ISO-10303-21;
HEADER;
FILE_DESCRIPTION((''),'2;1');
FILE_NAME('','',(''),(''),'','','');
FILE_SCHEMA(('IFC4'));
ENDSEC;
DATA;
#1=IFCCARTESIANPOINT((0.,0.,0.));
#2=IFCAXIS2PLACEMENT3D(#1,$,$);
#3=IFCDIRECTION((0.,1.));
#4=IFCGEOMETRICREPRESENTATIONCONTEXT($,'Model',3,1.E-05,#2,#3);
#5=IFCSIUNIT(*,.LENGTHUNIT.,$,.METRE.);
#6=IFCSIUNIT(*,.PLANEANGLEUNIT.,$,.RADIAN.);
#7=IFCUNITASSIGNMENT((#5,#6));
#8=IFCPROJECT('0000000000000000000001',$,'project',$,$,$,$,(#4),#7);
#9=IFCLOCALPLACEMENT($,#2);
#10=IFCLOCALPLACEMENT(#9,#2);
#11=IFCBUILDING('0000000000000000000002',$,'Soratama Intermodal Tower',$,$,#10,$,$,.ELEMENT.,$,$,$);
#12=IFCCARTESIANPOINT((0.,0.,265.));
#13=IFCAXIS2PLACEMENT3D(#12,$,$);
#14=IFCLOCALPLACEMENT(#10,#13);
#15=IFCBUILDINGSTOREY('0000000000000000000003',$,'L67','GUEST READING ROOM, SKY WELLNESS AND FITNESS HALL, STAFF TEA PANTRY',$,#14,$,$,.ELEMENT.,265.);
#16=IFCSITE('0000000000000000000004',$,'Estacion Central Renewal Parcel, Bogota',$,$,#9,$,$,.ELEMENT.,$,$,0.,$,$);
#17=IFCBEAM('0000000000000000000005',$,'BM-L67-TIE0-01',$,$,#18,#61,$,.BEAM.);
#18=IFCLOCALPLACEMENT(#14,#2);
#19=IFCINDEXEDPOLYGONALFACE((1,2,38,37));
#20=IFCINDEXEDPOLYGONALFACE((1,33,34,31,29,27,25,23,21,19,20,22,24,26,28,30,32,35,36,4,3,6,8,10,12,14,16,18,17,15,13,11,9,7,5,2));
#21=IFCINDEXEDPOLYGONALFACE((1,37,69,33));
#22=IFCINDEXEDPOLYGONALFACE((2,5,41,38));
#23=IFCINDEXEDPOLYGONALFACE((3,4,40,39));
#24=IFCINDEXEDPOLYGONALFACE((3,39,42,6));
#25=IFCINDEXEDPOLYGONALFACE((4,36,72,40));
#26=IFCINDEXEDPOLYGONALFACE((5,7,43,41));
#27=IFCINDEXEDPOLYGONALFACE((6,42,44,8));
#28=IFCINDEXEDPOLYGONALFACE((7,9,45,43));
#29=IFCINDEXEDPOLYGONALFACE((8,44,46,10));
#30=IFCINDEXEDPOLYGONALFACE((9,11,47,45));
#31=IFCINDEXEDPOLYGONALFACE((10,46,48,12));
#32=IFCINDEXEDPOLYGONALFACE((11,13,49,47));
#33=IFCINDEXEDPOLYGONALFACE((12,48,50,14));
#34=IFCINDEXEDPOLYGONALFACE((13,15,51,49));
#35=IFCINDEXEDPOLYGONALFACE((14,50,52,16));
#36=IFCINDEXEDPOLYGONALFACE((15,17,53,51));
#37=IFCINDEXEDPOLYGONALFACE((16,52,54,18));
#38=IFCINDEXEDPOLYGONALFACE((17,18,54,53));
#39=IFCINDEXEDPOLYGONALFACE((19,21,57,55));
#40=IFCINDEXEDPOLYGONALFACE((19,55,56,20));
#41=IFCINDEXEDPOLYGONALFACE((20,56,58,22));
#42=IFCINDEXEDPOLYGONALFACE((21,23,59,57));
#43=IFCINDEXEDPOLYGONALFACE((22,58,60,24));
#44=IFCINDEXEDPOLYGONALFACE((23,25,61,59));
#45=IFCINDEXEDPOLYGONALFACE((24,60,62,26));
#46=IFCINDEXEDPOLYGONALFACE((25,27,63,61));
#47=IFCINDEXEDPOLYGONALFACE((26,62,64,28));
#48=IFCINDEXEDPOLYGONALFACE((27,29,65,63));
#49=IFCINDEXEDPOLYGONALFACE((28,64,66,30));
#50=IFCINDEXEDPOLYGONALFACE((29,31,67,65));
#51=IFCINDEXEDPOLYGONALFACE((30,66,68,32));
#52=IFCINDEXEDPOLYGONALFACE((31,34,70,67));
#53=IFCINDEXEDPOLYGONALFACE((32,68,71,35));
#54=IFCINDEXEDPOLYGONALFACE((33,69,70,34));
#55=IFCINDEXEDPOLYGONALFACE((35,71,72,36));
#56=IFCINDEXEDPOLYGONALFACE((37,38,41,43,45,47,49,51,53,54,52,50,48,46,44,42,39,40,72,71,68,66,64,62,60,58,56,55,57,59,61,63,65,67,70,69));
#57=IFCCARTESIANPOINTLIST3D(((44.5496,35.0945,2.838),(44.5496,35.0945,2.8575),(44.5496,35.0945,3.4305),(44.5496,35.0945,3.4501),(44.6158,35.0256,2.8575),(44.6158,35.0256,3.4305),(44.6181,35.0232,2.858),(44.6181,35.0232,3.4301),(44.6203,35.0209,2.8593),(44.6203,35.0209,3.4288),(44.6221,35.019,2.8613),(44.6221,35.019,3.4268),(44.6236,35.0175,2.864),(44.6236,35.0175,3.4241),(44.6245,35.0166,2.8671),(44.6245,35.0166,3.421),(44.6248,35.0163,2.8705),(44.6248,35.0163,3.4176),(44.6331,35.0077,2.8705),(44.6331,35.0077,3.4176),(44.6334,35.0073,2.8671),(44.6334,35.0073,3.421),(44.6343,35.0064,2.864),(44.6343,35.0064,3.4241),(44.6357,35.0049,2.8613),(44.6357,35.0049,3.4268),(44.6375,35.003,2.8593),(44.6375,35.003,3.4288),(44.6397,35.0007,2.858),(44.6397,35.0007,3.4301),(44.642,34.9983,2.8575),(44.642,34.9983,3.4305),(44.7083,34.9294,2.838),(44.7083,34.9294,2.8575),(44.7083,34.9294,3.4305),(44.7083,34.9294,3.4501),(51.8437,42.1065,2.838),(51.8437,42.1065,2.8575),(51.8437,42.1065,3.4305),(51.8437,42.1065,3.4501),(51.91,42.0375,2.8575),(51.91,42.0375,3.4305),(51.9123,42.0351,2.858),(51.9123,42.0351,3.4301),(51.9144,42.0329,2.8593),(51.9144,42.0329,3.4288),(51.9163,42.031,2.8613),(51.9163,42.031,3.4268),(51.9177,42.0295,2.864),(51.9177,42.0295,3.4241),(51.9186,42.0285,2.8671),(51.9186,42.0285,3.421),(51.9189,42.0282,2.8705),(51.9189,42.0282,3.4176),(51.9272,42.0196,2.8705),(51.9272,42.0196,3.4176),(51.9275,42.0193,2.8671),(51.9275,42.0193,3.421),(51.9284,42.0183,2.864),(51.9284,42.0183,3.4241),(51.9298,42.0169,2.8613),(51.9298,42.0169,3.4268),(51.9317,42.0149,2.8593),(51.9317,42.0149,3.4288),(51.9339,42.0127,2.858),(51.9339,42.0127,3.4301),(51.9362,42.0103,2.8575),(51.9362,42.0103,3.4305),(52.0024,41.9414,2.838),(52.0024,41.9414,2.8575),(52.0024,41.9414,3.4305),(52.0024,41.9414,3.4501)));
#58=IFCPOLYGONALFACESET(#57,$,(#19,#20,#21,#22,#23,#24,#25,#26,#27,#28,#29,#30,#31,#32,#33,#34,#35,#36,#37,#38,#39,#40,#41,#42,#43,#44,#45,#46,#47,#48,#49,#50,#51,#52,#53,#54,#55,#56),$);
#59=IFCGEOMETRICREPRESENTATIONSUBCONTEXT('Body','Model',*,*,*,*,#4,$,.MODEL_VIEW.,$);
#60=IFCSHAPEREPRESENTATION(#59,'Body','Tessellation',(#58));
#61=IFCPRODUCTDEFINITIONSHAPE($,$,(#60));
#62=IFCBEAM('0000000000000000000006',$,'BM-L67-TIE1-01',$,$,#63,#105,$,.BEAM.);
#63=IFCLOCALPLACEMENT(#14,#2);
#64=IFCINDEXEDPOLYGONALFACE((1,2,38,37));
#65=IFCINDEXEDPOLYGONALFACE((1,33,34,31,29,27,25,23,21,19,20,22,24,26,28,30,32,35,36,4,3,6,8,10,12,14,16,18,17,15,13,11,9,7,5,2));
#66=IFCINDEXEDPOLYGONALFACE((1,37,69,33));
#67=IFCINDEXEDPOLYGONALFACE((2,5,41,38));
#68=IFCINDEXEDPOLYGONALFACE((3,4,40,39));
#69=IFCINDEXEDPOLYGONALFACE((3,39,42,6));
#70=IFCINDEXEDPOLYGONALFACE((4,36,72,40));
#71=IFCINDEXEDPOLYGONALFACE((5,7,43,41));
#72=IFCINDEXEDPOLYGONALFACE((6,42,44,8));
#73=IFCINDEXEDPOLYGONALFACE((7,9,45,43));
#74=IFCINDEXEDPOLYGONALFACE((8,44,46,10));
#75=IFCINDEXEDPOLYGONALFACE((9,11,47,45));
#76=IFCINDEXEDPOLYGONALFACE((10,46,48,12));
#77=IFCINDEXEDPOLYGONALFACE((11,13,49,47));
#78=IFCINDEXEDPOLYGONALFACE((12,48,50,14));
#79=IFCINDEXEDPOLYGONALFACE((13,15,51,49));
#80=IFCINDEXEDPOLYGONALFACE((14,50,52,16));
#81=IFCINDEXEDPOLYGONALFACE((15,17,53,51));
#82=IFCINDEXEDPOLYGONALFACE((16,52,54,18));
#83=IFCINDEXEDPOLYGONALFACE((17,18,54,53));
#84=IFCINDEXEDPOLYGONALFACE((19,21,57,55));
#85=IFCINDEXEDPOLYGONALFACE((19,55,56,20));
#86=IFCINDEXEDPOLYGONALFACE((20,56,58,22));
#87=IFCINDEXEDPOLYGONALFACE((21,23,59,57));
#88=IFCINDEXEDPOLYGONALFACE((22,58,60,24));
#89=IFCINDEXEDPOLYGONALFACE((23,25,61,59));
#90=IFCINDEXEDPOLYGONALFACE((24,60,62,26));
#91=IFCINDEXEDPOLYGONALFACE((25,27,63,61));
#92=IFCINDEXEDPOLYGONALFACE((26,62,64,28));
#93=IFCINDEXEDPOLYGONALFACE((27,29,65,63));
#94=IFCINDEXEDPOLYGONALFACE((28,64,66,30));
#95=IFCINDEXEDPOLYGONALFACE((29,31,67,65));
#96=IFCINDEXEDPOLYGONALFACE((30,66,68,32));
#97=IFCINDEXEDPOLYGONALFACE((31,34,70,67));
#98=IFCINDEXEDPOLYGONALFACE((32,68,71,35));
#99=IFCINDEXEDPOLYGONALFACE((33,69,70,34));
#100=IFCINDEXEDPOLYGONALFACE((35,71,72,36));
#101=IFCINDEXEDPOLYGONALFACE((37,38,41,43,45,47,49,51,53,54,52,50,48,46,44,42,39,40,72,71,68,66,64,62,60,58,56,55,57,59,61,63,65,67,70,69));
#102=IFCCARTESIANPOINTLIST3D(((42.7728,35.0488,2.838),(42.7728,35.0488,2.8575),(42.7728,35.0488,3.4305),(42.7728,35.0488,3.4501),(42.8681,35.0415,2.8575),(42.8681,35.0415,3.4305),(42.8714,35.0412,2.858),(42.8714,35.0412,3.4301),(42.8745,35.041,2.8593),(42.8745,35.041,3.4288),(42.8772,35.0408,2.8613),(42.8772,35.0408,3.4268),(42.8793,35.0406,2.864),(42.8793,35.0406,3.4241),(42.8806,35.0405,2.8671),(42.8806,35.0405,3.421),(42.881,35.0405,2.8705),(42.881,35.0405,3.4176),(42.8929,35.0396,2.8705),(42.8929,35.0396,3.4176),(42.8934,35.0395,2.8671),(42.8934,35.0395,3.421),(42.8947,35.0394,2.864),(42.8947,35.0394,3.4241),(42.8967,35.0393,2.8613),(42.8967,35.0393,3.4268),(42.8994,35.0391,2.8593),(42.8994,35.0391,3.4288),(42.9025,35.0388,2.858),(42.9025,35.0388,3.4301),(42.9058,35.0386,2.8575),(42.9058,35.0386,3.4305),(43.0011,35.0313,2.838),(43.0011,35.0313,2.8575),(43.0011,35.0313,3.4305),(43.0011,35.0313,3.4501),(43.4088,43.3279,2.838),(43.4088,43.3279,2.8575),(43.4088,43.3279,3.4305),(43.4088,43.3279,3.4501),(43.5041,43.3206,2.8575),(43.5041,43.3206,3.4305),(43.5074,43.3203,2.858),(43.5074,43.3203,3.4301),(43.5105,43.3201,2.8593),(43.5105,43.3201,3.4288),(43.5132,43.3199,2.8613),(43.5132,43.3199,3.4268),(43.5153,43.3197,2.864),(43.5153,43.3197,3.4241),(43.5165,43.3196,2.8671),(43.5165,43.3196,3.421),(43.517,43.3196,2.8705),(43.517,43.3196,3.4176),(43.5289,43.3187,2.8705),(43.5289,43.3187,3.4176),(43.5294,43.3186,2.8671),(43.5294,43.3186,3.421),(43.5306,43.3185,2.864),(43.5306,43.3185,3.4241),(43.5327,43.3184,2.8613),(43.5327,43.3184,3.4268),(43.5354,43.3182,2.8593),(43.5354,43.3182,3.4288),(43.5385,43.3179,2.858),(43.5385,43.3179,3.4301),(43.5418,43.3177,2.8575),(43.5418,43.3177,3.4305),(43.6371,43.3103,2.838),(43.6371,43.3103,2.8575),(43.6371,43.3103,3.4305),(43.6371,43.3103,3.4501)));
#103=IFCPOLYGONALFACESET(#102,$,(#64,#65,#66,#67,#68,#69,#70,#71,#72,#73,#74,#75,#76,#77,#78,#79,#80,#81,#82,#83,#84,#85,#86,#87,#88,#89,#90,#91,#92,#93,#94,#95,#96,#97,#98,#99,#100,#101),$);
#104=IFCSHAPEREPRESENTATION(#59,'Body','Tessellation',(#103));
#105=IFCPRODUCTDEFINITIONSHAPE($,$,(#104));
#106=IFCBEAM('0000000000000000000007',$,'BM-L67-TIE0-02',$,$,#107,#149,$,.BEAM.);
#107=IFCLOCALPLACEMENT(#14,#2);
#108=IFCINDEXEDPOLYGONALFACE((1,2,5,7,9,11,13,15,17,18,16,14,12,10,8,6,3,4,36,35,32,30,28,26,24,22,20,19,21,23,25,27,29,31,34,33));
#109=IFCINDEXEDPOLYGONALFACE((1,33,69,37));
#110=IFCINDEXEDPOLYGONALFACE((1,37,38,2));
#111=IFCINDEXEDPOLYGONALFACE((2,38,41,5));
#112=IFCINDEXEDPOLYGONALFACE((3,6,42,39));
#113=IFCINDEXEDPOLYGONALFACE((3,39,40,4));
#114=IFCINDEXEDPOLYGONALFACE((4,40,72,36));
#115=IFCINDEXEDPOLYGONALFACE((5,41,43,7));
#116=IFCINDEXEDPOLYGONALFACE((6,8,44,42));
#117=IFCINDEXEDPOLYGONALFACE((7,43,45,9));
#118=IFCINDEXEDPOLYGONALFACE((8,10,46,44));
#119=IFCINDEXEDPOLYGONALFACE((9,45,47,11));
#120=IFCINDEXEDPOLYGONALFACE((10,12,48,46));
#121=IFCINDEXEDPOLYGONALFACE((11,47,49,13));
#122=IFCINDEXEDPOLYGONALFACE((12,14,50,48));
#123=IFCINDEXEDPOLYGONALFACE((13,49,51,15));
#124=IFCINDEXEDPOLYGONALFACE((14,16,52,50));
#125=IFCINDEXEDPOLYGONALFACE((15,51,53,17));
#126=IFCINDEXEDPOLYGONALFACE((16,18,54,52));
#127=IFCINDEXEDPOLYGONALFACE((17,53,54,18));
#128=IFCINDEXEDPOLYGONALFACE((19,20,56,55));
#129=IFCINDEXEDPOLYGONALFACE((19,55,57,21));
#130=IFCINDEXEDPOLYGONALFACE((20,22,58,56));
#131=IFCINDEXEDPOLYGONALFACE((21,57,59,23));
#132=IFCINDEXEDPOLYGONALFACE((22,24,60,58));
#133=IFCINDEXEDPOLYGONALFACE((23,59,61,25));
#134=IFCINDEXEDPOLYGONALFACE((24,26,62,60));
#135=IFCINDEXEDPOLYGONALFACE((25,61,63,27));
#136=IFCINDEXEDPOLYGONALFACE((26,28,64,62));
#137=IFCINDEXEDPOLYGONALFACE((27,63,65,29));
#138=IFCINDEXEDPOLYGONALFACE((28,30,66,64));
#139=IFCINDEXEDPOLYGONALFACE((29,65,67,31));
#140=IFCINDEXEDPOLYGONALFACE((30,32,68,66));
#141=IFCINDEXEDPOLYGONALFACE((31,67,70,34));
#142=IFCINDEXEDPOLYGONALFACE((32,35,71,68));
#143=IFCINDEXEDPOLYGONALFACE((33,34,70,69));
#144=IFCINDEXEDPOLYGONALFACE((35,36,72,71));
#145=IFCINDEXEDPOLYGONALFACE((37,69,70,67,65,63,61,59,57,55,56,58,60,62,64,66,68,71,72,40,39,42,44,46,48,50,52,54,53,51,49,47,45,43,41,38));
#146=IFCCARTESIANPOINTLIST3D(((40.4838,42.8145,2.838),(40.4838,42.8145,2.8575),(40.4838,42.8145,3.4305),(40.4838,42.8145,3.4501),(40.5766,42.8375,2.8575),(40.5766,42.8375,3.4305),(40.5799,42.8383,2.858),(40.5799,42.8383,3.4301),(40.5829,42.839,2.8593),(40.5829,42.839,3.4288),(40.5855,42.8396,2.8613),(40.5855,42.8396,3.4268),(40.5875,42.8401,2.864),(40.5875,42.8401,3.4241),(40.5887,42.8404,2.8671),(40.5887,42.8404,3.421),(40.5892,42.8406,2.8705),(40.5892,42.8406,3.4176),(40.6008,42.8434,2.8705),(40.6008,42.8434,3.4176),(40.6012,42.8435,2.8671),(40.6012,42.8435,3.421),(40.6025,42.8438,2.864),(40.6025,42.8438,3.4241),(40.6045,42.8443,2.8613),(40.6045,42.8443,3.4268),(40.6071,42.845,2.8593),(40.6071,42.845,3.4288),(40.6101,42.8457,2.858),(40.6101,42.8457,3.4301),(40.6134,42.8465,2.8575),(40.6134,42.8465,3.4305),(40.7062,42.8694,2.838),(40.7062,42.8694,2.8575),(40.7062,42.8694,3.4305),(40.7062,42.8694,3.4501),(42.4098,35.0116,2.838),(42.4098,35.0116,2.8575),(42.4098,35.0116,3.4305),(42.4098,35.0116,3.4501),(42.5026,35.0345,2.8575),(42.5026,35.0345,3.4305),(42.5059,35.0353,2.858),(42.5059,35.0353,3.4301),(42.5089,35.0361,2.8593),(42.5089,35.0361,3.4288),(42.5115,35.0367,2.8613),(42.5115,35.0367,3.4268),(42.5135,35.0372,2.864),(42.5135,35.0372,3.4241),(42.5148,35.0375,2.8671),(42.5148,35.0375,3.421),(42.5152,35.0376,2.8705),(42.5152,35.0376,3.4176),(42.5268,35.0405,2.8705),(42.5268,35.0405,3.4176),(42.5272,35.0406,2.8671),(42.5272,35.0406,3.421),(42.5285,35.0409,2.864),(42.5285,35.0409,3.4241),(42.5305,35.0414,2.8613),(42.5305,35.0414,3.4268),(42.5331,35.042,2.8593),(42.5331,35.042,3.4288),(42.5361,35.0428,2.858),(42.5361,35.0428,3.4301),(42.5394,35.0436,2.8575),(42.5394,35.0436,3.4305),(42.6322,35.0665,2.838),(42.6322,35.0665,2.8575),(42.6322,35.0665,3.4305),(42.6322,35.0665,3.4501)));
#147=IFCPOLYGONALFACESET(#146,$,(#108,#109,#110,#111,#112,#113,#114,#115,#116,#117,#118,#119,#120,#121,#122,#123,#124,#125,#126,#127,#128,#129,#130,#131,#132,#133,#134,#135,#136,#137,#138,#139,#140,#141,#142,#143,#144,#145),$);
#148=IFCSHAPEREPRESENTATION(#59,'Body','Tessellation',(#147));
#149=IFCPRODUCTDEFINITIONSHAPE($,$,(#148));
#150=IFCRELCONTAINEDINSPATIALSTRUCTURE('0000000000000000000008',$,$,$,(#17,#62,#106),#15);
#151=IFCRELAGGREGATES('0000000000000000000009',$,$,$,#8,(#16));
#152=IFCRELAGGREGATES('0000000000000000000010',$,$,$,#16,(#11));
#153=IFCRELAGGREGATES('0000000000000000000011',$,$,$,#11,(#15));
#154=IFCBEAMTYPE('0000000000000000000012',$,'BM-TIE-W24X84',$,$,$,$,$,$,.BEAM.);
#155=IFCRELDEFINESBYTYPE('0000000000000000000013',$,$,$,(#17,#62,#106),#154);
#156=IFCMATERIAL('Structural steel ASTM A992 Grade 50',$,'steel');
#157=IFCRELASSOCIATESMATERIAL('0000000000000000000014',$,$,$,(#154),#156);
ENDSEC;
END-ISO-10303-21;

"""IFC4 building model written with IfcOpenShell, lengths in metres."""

from ifc_helpers import new_model, si_unit, direction, frame, origin, origin_2d, place, context, subcontext, project, spatial, i_section, extrude, material, material_profile, profile_set, type_object, element, save


model = new_model("IFC4")

# Units and contexts
model_context = context("Model", 3, precision=1e-05, world=origin(), true_north=direction((0.0, 1.0)))
body_context = subcontext(model_context, "Body", "Model", "MODEL_VIEW")
ifc_project = project(units=[si_unit("LENGTHUNIT", "METRE"), si_unit("PLANEANGLEUNIT", "RADIAN")], contexts=[model_context])

# Site, building, storey
site_placement = place(None, origin())
site = spatial("IfcSite", under=ifc_project, at=site_placement, Name="Estacion Central Renewal Parcel, Bogota", CompositionType="ELEMENT", RefElevation=0.0)
building_placement = place(site_placement, origin())
building = spatial("IfcBuilding", under=site, at=building_placement, Name="Soratama Intermodal Tower", CompositionType="ELEMENT")
storey_placement = place(building_placement, frame((0.0, 0.0, 265.0)))
storey = spatial("IfcBuildingStorey", under=building, at=storey_placement, Name="L67", Description="GUEST READING ROOM, SKY WELLNESS AND FITNESS HALL, STAFF TEA PANTRY", CompositionType="ELEMENT", Elevation=265.0)

# Beams
ifc_material_1 = material(Name="Structural steel ASTM A992 Grade 50", Category="steel")
ifc_material_profile_1 = material_profile(ifc_material_1, i_section(OverallWidth=0.229, OverallDepth=0.6121, WebThickness=0.012, FlangeThickness=0.0195, FilletRadius=0.0129, at=origin_2d()), Name="W24X84")
ifc_profile_set_1 = profile_set([ifc_material_profile_1], Name="Structural steel ASTM A992 Grade 50")
beam_type_1 = type_object("IfcBeamType", Name="BM-TIE-W24X84", PredefinedType="BEAM", material=ifc_profile_set_1)
beam_1_placement = place(storey_placement, frame((44.6289, 35.012, 3.144), z_axis=(0.720916, 0.693022, 0.0), x_axis=(-0.693022, 0.720916, 0.0)))
element("IfcBeam", 1, at=beam_1_placement, inside=storey, type_object=beam_type_1, Name="BM-L67-TIE0-01", PredefinedType="BEAM", context=body_context, shape_type="SweptSolid", body=[
    extrude(i_section(OverallWidth=0.229, OverallDepth=0.6121, WebThickness=0.012, FlangeThickness=0.0195, FilletRadius=0.0129, at=origin_2d()), origin(), (0.0, 0.0, 1.0), 10.1179),
])
beam_2_placement = place(storey_placement, frame((42.887, 35.04, 3.144), z_axis=(0.076593, 0.997062, 0.0), x_axis=(-0.997062, 0.076593, 0.0)))
element("IfcBeam", 2, at=beam_2_placement, inside=storey, type_object=beam_type_1, Name="BM-L67-TIE1-01", PredefinedType="BEAM", context=body_context, shape_type="SweptSolid", body=[
    extrude(i_section(OverallWidth=0.229, OverallDepth=0.6121, WebThickness=0.012, FlangeThickness=0.0195, FilletRadius=0.0129, at=origin_2d()), origin(), (0.0, 0.0, 1.0), 8.3035),
])
beam_3_placement = place(storey_placement, frame((42.521, 35.0391, 3.144), z_axis=(-0.23964, 0.970862, 0.0), x_axis=(-0.970862, -0.23964, 0.0)))
element("IfcBeam", 3, at=beam_3_placement, inside=storey, type_object=beam_type_1, Name="BM-L67-TIE0-02", PredefinedType="BEAM", context=body_context, shape_type="SweptSolid", body=[
    extrude(i_section(OverallWidth=0.229, OverallDepth=0.6121, WebThickness=0.012, FlangeThickness=0.0195, FilletRadius=0.0129, at=origin_2d()), origin(), (0.0, 0.0, 1.0), 8.0371),
])

save(model, "model.ifc")
